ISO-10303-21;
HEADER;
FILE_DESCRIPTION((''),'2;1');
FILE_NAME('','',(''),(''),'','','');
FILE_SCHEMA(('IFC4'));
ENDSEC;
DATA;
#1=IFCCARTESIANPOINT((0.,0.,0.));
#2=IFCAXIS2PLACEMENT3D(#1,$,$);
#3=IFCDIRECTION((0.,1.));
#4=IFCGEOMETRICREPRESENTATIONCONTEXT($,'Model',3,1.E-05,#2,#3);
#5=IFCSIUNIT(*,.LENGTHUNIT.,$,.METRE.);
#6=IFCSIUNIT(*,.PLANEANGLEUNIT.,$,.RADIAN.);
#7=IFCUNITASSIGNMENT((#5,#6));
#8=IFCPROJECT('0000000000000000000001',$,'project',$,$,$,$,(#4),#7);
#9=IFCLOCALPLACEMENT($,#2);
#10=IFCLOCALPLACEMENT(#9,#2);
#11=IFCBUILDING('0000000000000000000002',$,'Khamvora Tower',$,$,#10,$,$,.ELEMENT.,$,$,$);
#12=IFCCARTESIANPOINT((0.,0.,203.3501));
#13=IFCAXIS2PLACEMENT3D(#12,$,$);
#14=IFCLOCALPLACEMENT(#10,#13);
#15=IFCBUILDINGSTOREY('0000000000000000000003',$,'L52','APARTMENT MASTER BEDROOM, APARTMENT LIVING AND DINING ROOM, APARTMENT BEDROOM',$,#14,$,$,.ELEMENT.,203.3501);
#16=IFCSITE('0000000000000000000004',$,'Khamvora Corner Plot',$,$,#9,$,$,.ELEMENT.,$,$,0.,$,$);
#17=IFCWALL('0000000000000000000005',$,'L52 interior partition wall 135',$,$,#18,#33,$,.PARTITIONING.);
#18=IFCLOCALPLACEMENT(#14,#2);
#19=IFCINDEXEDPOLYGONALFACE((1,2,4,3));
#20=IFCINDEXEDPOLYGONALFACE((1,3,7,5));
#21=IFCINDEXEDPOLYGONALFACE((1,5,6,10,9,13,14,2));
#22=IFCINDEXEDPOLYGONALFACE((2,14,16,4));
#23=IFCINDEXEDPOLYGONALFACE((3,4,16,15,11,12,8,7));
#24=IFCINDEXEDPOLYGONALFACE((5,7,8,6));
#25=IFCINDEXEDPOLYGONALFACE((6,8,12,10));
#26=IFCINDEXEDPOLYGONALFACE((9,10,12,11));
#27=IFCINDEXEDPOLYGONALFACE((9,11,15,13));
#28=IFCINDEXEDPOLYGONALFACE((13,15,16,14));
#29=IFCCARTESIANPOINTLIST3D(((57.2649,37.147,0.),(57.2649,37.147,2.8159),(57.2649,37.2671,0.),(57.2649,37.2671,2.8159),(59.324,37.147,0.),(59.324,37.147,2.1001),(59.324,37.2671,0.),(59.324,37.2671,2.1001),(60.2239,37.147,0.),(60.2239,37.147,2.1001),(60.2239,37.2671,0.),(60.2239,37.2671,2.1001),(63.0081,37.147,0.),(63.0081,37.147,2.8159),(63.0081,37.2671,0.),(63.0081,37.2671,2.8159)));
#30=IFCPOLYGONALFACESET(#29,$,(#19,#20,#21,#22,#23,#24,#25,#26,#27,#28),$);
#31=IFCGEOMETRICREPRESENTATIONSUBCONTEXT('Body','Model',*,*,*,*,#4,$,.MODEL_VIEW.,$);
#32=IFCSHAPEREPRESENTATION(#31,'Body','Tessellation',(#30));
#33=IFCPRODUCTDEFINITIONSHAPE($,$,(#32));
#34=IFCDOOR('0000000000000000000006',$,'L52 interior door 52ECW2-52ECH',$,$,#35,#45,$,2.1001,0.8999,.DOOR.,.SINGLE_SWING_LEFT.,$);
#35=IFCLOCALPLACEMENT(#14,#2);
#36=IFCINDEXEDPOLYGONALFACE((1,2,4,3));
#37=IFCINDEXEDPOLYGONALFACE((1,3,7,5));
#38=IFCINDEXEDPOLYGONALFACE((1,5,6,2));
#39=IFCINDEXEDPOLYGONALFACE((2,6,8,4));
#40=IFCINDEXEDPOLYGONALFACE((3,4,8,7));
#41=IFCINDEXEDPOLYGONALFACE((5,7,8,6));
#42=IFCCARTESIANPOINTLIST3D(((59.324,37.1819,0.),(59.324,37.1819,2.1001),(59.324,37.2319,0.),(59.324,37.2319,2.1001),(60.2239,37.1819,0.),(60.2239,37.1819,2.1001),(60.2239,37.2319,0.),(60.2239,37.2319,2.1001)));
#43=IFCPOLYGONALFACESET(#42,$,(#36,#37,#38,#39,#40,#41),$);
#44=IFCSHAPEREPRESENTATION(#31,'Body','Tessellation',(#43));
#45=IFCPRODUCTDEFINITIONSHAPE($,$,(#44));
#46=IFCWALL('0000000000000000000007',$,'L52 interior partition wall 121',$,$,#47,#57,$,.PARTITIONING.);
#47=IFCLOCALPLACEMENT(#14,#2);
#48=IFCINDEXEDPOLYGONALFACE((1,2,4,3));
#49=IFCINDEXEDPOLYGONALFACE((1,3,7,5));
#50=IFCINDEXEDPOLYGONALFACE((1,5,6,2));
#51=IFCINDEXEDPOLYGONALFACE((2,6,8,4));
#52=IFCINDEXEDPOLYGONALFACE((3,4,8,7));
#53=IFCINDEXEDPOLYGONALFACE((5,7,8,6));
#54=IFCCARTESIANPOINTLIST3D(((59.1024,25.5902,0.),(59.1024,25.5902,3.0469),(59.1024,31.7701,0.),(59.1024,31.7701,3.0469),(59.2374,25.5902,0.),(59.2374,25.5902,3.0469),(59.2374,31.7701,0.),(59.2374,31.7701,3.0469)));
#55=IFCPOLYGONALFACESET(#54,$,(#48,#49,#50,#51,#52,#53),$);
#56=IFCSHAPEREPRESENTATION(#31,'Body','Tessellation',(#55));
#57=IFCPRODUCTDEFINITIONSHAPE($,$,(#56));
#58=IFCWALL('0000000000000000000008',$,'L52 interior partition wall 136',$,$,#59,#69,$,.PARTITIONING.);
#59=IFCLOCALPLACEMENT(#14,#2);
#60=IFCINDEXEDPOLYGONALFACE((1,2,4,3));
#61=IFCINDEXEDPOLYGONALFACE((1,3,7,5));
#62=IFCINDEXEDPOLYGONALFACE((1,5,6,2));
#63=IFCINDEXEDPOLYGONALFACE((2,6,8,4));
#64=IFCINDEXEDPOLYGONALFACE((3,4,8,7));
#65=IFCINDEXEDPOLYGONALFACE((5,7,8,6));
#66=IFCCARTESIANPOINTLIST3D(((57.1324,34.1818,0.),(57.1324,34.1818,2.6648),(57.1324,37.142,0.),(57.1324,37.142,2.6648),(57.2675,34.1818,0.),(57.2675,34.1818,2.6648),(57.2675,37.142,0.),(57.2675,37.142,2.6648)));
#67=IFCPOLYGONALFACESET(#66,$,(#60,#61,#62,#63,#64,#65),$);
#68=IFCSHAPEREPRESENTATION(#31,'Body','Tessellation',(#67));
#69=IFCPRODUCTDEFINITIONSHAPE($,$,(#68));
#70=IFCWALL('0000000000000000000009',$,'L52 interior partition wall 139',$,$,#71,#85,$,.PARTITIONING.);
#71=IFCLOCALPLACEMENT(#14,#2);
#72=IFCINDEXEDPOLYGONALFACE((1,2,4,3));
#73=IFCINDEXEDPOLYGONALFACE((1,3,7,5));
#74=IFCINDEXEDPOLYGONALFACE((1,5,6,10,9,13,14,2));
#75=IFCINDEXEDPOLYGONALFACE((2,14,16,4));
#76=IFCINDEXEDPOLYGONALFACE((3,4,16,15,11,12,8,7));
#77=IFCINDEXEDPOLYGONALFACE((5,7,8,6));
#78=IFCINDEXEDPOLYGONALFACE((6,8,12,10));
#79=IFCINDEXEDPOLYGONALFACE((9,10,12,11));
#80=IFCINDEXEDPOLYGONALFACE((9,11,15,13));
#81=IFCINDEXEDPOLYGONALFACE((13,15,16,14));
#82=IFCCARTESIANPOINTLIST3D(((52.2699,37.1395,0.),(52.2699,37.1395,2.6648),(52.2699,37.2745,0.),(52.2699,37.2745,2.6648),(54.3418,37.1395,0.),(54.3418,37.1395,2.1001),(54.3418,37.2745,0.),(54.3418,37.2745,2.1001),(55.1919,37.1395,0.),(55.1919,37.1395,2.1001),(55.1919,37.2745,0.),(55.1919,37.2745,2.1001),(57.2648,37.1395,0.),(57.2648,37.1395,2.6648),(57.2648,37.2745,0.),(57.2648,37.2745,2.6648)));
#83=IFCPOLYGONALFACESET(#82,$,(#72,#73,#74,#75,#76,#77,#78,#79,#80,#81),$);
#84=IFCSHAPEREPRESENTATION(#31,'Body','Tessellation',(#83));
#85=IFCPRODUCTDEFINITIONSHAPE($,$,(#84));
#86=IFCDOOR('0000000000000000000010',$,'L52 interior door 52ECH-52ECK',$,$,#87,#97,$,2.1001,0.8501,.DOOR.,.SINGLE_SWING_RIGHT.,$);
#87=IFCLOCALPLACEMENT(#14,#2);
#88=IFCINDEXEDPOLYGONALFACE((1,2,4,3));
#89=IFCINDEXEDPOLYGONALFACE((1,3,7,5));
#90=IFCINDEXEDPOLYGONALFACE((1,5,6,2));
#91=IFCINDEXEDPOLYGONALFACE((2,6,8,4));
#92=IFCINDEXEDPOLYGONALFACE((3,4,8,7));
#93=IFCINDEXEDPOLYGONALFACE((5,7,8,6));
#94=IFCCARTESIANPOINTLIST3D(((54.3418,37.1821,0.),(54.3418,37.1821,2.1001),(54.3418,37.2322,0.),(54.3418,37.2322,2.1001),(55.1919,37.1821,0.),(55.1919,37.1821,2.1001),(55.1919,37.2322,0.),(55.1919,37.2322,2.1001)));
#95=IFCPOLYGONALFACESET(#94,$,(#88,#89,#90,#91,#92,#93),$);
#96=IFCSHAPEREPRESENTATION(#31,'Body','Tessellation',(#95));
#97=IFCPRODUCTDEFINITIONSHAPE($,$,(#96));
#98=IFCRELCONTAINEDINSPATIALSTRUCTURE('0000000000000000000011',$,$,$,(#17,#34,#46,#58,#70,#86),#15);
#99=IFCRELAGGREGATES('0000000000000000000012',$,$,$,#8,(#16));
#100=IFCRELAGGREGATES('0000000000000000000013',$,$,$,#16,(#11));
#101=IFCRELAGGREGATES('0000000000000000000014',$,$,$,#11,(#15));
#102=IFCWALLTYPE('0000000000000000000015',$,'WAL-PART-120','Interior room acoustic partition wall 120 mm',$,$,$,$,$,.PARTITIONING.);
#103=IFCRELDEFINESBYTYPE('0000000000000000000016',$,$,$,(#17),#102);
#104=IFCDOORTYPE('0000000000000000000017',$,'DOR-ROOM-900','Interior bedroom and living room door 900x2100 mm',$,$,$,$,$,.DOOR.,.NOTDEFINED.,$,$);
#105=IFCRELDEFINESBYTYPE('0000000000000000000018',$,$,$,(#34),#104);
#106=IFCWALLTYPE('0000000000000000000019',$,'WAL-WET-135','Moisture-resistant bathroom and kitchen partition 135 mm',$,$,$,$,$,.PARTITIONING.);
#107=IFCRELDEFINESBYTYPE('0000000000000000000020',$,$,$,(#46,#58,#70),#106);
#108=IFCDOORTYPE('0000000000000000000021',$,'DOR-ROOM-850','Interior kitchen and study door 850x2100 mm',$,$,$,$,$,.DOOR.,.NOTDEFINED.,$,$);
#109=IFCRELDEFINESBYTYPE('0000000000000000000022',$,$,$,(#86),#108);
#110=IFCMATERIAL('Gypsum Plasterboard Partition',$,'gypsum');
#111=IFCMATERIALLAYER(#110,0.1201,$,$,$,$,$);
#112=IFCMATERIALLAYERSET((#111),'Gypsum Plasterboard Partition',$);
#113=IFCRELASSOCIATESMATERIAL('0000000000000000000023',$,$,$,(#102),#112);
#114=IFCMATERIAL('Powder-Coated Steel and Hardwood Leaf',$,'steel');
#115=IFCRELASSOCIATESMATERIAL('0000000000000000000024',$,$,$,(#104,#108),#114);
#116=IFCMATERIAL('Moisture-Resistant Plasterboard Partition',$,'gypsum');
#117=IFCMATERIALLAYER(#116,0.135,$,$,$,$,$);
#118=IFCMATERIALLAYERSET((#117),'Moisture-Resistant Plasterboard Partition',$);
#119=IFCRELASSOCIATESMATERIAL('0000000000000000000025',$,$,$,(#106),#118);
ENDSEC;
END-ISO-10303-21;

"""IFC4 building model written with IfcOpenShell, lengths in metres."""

from ifc_helpers import new_model, si_unit, direction, frame, frame_2d, origin, place, context, subcontext, project, spatial, rectangle, extrude, material, layer, layer_set, type_object, element, fill, save


model = new_model("IFC4")

# Units and contexts
model_context = context("Model", 3, precision=1e-05, world=origin(), true_north=direction((0.0, 1.0)))
body_context = subcontext(model_context, "Body", "Model", "MODEL_VIEW")
ifc_project = project(units=[si_unit("LENGTHUNIT", "METRE"), si_unit("PLANEANGLEUNIT", "RADIAN")], contexts=[model_context])

# Site, building, storey
site_placement = place(None, origin())
site = spatial("IfcSite", under=ifc_project, at=site_placement, Name="Khamvora Corner Plot", CompositionType="ELEMENT", RefElevation=0.0)
building_placement = place(site_placement, origin())
building = spatial("IfcBuilding", under=site, at=building_placement, Name="Khamvora Tower", CompositionType="ELEMENT")
storey_placement = place(building_placement, frame((0.0, 0.0, 203.3501)))
storey = spatial("IfcBuildingStorey", under=building, at=storey_placement, Name="L52", Description="APARTMENT MASTER BEDROOM, APARTMENT LIVING AND DINING ROOM, APARTMENT BEDROOM", CompositionType="ELEMENT", Elevation=203.3501)

# Shared definitions
ifc_material_1 = material(Name="Powder-Coated Steel and Hardwood Leaf", Category="steel")

# Wall, opening, door
ifc_material_2 = material(Name="Gypsum Plasterboard Partition", Category="gypsum")
ifc_layer_1 = layer(ifc_material_2, 0.1201)
ifc_layer_set_1 = layer_set([ifc_layer_1], Name="Gypsum Plasterboard Partition")
wall_type_1 = type_object("IfcWallType", Name="WAL-PART-120", Description="Interior room acoustic partition wall 120 mm", PredefinedType="PARTITIONING", material=ifc_layer_set_1)
wall_1_placement = place(storey_placement, frame((57.2649, 37.207, 0.0), z_axis=(0.0, 0.0, 1.0), x_axis=(1.0, 0.0, 0.0)))
wall_1 = element("IfcWall", 1, at=wall_1_placement, inside=storey, type_object=wall_type_1, Name="L52 interior partition wall 135", PredefinedType="PARTITIONING", context=body_context, shape_type="SweptSolid", body=[
    extrude(rectangle(XDim=5.7432, YDim=0.1201, at=frame_2d((2.8716, 0.0))), origin(), (0.0, 0.0, 1.0), 2.8159),
])
opening_1_placement = place(wall_1_placement, frame((2.0591, 0.0, 0.0)))
opening_1 = element("IfcOpeningElement", 2, at=opening_1_placement, cuts=wall_1, PredefinedType="OPENING", context=body_context, shape_type="SweptSolid", body=[
    extrude(rectangle(XDim=0.8999, YDim=2.1001, at=frame_2d((0.45, 1.05))), frame((0.0, 0.0701, 0.0), z_axis=(0.0, -1.0, 0.0), x_axis=(1.0, 0.0, 0.0)), (0.0, 0.0, 1.0), 0.1401),
])
door_type_1 = type_object("IfcDoorType", Name="DOR-ROOM-900", Description="Interior bedroom and living room door 900x2100 mm", OperationType="NOTDEFINED", PredefinedType="DOOR", material=ifc_material_1)
door_1_placement = place(opening_1_placement, origin())
door_1 = element("IfcDoor", 3, at=door_1_placement, inside=storey, type_object=door_type_1, Name="L52 interior door 52ECW2-52ECH", OperationType="SINGLE_SWING_LEFT", OverallHeight=2.1001, OverallWidth=0.8999, PredefinedType="DOOR", context=body_context, shape_type="SweptSolid", body=[
    extrude(rectangle(XDim=0.8999, YDim=2.1001, at=frame_2d((0.45, 1.05))), frame((0.0, 0.0249, 0.0), z_axis=(0.0, -1.0, 0.0), x_axis=(1.0, 0.0, 0.0)), (0.0, 0.0, 1.0), 0.05),
])
fill(opening_1, door_1)

# Walls
ifc_material_3 = material(Name="Moisture-Resistant Plasterboard Partition", Category="gypsum")
ifc_layer_2 = layer(ifc_material_3, 0.135)
ifc_layer_set_2 = layer_set([ifc_layer_2], Name="Moisture-Resistant Plasterboard Partition")
wall_type_2 = type_object("IfcWallType", Name="WAL-WET-135", Description="Moisture-resistant bathroom and kitchen partition 135 mm", PredefinedType="PARTITIONING", material=ifc_layer_set_2)
wall_2_placement = place(storey_placement, frame((59.1699, 31.77, 0.0), z_axis=(0.0, 0.0, 1.0), x_axis=(0.0, -1.0, 0.0)))
element("IfcWall", 4, at=wall_2_placement, inside=storey, type_object=wall_type_2, Name="L52 interior partition wall 121", PredefinedType="PARTITIONING", context=body_context, shape_type="SweptSolid", body=[
    extrude(rectangle(XDim=6.1799, YDim=0.135, at=frame_2d((3.0898, 0.0))), origin(), (0.0, 0.0, 1.0), 3.0469),
])
wall_3_placement = place(storey_placement, frame((57.2, 34.1819, 0.0), z_axis=(0.0, 0.0, 1.0), x_axis=(0.0, 1.0, 0.0)))
element("IfcWall", 5, at=wall_3_placement, inside=storey, type_object=wall_type_2, Name="L52 interior partition wall 136", PredefinedType="PARTITIONING", context=body_context, shape_type="SweptSolid", body=[
    extrude(rectangle(XDim=2.9602, YDim=0.135, at=frame_2d((1.48, 0.0))), origin(), (0.0, 0.0, 1.0), 2.6648),
])

# Wall, opening, door
wall_4_placement = place(storey_placement, frame((57.2649, 37.207, 0.0), z_axis=(0.0, 0.0, 1.0), x_axis=(-1.0, 0.0, 0.0)))
wall_4 = element("IfcWall", 6, at=wall_4_placement, inside=storey, type_object=wall_type_2, Name="L52 interior partition wall 139", PredefinedType="PARTITIONING", context=body_context, shape_type="SweptSolid", body=[
    extrude(rectangle(XDim=4.9949, YDim=0.135, at=frame_2d((2.4976, 0.0))), origin(), (0.0, 0.0, 1.0), 2.6648),
])
opening_2_placement = place(wall_4_placement, frame((2.073, 0.0, 0.0)))
opening_2 = element("IfcOpeningElement", 7, at=opening_2_placement, cuts=wall_4, PredefinedType="OPENING", context=body_context, shape_type="SweptSolid", body=[
    extrude(rectangle(XDim=0.8501, YDim=2.1001, at=frame_2d((0.425, 1.05))), frame((0.0, 0.0774, 0.0), z_axis=(0.0, -1.0, 0.0), x_axis=(1.0, 0.0, 0.0)), (0.0, 0.0, 1.0), 0.155),
])
door_type_2 = type_object("IfcDoorType", Name="DOR-ROOM-850", Description="Interior kitchen and study door 850x2100 mm", OperationType="NOTDEFINED", PredefinedType="DOOR", material=ifc_material_1)
door_2_placement = place(opening_2_placement, origin())
door_2 = element("IfcDoor", 8, at=door_2_placement, inside=storey, type_object=door_type_2, Name="L52 interior door 52ECH-52ECK", OperationType="SINGLE_SWING_RIGHT", OverallHeight=2.1001, OverallWidth=0.8501, PredefinedType="DOOR", context=body_context, shape_type="SweptSolid", body=[
    extrude(rectangle(XDim=0.8501, YDim=2.1001, at=frame_2d((0.425, 1.05))), frame((0.0, 0.0249, 0.0), z_axis=(0.0, -1.0, 0.0), x_axis=(1.0, 0.0, 0.0)), (0.0, 0.0, 1.0), 0.05),
])
fill(opening_2, door_2)

save(model, "model.ifc")
